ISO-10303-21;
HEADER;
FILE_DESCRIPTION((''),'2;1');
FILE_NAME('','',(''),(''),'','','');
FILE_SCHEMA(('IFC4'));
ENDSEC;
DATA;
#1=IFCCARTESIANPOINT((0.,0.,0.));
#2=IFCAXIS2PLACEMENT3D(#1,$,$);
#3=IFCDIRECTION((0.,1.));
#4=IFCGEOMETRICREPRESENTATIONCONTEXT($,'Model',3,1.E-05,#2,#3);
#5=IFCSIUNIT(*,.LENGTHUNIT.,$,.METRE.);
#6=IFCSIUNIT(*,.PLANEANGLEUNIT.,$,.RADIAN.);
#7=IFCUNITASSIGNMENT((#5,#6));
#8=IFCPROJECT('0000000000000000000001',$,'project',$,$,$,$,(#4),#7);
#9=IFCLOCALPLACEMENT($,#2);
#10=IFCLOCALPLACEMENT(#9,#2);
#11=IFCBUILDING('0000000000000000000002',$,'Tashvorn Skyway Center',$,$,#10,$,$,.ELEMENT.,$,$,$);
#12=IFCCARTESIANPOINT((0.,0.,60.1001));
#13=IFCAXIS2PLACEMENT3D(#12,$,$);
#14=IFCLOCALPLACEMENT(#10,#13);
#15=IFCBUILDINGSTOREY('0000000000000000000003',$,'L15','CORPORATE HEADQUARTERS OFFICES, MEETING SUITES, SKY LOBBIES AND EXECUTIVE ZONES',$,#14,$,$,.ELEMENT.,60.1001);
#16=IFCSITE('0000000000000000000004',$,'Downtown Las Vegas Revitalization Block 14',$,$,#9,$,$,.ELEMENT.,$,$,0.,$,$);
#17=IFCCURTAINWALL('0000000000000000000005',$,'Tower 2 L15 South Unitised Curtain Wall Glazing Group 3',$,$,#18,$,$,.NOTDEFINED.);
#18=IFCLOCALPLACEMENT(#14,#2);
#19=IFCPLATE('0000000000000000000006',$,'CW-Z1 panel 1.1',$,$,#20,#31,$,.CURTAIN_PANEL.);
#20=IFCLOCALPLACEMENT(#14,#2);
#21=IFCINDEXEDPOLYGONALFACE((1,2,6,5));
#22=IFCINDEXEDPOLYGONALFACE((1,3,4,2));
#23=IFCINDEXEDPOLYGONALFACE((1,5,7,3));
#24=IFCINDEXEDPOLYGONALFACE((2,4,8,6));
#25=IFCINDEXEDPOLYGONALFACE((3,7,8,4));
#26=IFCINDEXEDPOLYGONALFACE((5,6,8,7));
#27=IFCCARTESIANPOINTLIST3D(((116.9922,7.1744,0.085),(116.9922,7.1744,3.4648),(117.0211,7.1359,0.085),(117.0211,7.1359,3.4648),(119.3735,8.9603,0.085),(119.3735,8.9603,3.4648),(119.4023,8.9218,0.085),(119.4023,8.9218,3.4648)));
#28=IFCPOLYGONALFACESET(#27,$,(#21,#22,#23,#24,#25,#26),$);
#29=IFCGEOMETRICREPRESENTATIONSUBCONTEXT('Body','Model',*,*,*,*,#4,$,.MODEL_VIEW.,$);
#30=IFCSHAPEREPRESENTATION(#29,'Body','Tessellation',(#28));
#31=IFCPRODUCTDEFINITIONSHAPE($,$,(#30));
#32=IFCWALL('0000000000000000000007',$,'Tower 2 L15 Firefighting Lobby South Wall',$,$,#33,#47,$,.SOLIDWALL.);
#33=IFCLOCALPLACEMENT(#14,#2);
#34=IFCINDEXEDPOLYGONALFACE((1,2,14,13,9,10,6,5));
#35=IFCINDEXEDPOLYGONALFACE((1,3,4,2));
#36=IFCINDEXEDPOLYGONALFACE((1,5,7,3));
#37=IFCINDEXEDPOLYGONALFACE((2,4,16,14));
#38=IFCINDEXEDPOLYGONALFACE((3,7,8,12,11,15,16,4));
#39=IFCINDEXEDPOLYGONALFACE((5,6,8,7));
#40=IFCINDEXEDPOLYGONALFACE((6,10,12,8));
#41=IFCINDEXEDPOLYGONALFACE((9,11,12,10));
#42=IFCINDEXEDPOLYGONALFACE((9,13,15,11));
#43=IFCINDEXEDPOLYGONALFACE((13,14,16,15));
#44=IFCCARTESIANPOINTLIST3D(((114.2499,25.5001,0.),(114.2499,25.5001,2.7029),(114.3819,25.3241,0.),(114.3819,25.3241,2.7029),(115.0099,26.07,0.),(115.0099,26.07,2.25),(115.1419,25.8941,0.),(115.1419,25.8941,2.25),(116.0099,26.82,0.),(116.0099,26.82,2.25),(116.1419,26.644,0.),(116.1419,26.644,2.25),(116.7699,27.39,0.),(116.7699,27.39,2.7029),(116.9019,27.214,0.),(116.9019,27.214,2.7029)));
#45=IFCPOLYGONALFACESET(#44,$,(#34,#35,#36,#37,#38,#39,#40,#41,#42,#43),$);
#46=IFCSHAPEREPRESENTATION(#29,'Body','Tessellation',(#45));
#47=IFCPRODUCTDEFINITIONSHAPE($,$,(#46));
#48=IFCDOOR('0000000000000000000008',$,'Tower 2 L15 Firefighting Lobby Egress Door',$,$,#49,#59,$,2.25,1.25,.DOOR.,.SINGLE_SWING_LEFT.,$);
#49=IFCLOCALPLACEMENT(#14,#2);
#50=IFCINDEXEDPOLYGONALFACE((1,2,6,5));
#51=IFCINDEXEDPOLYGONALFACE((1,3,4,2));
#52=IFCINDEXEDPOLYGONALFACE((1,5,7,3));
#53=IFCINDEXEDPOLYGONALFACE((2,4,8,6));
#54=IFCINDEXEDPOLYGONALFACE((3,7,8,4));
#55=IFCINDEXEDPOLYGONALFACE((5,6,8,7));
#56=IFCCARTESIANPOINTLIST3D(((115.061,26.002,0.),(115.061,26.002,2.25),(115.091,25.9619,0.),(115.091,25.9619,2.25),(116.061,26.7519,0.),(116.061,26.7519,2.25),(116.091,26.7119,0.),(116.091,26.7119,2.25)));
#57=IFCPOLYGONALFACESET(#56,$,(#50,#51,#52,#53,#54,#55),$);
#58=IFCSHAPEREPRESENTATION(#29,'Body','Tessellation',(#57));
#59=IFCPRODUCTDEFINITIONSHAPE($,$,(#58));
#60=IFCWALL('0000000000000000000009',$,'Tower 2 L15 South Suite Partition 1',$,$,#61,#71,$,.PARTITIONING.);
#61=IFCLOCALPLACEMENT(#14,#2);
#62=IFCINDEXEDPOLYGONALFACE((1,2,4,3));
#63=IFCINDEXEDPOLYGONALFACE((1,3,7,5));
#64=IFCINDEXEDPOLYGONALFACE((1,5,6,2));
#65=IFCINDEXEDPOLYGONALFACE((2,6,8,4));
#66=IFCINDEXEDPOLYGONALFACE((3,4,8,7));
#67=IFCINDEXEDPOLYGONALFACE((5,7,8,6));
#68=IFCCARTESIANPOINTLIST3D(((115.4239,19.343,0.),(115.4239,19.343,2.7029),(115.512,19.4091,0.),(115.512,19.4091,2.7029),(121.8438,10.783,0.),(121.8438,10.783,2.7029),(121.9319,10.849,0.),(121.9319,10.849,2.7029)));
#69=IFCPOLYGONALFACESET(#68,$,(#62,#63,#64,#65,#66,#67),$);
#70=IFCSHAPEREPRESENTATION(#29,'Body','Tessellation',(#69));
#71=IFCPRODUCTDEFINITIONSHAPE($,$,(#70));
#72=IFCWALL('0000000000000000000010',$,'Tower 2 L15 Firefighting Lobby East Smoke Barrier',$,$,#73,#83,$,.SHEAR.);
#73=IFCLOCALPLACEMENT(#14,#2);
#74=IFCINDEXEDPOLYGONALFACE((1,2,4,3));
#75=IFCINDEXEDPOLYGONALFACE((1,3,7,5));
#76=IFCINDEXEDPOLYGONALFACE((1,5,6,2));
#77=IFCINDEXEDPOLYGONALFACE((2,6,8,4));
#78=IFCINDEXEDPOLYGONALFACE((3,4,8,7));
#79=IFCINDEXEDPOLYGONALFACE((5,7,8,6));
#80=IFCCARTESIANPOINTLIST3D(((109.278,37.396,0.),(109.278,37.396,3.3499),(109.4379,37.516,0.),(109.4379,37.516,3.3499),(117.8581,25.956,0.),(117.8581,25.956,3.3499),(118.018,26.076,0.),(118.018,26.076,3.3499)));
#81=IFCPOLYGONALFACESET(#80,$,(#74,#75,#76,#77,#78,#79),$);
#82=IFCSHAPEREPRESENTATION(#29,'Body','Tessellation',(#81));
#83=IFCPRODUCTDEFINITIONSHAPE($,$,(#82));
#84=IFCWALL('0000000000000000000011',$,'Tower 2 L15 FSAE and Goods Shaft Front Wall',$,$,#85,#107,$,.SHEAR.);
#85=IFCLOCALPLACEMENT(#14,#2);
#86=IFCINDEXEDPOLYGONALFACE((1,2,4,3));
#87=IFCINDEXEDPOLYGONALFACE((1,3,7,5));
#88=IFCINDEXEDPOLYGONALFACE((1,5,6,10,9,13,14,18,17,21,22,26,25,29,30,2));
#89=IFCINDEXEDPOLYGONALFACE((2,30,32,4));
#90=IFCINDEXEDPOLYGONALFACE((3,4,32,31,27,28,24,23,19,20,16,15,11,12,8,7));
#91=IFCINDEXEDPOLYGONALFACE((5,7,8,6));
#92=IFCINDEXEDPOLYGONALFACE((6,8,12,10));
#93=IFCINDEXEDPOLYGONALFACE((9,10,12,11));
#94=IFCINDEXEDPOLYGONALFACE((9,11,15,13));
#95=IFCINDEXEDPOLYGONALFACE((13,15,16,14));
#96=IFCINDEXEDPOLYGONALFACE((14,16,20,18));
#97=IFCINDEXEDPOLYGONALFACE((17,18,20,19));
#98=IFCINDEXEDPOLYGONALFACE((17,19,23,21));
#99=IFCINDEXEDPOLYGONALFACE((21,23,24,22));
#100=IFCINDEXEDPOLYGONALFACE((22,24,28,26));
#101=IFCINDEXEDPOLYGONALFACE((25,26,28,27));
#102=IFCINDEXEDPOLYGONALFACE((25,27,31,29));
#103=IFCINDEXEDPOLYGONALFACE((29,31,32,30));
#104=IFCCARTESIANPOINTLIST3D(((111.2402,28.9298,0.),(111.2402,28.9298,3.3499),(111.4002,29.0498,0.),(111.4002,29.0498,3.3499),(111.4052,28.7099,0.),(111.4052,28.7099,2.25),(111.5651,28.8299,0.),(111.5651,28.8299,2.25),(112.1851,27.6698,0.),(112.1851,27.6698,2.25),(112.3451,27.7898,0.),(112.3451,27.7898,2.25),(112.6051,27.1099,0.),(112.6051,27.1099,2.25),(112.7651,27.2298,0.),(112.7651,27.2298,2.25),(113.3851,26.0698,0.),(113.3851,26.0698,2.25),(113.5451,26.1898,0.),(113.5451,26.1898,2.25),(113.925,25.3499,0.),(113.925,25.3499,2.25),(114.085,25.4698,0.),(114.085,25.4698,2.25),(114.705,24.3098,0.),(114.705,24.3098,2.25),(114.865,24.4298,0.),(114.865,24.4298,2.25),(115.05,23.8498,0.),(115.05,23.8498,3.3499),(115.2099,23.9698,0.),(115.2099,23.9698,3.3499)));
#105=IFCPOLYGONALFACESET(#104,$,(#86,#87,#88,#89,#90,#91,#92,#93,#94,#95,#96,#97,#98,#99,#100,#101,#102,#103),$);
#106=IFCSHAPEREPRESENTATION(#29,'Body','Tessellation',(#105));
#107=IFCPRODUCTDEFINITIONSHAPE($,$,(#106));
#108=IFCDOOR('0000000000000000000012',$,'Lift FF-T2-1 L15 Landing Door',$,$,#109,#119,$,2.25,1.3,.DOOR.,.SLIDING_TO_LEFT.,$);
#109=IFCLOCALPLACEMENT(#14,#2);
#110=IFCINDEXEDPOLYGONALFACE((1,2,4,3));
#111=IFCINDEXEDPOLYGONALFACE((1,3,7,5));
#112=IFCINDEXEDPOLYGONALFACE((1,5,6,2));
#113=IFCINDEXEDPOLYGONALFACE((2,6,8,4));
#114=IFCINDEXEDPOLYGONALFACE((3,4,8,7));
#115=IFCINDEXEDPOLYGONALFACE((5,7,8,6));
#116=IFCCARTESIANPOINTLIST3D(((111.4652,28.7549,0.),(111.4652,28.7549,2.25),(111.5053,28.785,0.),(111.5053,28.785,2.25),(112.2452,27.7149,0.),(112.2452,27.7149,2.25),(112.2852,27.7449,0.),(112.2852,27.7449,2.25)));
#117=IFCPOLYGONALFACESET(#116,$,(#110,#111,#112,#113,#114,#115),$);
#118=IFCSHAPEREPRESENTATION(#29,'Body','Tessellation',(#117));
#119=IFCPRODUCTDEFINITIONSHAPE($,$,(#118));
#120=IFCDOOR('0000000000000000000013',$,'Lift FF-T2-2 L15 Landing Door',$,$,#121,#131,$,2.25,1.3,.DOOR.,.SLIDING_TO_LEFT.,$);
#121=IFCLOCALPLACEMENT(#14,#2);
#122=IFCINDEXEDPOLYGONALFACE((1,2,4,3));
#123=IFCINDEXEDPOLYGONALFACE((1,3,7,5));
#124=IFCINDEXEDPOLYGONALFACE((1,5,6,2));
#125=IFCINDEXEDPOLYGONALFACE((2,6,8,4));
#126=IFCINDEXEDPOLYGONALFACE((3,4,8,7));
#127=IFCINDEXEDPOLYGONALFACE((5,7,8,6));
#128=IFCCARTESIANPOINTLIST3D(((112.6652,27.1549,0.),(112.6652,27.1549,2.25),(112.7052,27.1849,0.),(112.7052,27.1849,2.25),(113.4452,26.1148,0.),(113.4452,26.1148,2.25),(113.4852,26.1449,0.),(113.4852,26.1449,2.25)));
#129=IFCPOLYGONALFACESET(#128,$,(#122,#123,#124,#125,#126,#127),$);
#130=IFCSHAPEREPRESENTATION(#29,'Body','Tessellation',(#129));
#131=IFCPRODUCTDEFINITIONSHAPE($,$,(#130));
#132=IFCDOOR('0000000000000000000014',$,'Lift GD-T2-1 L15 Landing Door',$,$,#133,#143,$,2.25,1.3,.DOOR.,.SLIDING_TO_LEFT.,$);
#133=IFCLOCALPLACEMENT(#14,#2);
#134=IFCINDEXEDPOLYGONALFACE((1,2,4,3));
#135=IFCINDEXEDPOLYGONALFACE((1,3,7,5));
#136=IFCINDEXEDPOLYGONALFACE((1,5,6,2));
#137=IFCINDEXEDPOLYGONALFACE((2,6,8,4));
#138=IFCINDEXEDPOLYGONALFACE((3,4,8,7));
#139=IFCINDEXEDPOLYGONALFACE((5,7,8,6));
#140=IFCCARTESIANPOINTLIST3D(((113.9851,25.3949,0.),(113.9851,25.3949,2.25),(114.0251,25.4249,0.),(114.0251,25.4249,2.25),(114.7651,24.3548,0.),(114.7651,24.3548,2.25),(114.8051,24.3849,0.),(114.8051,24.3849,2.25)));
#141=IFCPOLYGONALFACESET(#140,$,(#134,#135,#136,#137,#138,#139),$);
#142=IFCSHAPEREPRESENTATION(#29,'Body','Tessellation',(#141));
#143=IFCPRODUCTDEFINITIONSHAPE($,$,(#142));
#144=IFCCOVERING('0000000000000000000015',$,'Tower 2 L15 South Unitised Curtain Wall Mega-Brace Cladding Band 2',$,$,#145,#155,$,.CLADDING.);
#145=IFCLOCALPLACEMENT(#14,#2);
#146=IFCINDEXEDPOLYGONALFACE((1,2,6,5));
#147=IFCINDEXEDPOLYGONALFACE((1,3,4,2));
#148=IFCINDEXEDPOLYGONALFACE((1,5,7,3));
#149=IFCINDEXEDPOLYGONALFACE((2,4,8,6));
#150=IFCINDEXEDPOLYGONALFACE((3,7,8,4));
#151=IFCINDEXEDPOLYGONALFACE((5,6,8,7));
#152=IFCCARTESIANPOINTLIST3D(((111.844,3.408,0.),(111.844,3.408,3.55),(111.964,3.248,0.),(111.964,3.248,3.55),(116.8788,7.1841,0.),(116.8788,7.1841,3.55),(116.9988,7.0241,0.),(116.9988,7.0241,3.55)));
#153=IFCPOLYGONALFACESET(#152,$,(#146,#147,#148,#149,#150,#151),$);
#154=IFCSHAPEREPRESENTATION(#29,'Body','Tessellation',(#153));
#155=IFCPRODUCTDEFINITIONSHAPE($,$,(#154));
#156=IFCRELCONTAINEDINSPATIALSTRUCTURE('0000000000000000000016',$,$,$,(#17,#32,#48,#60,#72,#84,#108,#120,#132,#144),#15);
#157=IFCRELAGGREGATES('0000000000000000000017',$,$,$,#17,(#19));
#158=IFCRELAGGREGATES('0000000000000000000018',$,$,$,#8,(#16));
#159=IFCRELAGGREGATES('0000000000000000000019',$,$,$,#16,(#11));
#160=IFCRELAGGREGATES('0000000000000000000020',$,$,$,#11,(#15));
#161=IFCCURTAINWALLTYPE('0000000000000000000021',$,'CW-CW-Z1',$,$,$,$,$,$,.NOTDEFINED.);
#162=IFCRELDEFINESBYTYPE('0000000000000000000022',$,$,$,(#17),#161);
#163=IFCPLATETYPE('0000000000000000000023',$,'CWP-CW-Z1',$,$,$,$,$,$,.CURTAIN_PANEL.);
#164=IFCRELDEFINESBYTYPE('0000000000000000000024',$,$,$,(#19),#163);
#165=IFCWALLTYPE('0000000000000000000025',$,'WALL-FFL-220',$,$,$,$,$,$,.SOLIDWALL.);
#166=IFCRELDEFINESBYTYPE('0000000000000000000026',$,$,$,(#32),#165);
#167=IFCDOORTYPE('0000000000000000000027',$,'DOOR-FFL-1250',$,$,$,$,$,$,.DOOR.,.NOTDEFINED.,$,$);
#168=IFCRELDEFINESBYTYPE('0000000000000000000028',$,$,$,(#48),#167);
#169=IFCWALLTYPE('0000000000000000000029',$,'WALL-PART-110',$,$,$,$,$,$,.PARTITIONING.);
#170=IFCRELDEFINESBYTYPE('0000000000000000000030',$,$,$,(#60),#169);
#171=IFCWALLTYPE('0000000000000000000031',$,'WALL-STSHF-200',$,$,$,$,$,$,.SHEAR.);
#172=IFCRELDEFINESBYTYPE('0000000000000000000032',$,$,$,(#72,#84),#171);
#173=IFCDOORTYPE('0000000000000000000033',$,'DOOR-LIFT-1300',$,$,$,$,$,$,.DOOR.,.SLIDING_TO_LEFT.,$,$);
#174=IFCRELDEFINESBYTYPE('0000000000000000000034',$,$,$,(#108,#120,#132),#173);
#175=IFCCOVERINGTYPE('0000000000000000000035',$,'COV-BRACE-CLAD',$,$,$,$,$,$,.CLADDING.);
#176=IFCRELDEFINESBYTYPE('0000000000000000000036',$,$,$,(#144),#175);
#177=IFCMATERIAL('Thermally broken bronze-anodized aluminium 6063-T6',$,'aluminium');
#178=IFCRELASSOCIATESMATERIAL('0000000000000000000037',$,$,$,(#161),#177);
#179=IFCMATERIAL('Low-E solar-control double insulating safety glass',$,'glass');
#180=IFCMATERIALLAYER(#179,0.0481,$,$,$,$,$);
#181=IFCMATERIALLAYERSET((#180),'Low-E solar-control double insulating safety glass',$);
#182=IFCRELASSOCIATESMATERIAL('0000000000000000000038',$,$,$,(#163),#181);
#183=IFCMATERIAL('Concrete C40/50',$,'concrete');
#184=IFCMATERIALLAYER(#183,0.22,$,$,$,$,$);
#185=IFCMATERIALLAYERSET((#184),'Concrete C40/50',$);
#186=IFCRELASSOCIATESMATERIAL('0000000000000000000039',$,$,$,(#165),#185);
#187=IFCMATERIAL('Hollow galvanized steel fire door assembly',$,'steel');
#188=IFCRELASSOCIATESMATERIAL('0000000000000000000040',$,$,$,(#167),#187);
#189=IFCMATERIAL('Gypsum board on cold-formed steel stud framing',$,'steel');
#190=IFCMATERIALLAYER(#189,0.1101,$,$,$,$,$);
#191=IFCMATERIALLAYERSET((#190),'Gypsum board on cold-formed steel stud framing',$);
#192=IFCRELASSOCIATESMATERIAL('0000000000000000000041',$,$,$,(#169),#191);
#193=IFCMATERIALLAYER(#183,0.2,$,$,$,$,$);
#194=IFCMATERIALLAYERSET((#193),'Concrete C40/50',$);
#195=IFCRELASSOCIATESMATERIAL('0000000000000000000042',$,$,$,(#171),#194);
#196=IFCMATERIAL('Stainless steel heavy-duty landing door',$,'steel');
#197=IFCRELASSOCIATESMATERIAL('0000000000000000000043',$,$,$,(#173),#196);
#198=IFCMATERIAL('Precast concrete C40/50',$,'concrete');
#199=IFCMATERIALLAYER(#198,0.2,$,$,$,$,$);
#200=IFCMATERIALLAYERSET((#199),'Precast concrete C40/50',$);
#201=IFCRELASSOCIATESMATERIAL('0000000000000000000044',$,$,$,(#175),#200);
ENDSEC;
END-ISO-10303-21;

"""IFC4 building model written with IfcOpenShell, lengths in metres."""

from ifc_helpers import new_model, si_unit, direction, frame, frame_2d, origin, origin_2d, place, context, subcontext, project, spatial, rectangle, extrude, material, layer, layer_set, type_object, element, fill, aggregate, save


model = new_model("IFC4")

# Units and contexts
model_context = context("Model", 3, precision=1e-05, world=origin(), true_north=direction((0.0, 1.0)))
body_context = subcontext(model_context, "Body", "Model", "MODEL_VIEW")
ifc_project = project(units=[si_unit("LENGTHUNIT", "METRE"), si_unit("PLANEANGLEUNIT", "RADIAN")], contexts=[model_context])

# Site, building, storey
site_placement = place(None, origin())
site = spatial("IfcSite", under=ifc_project, at=site_placement, Name="Downtown Las Vegas Revitalization Block 14", CompositionType="ELEMENT", RefElevation=0.0)
building_placement = place(site_placement, origin())
building = spatial("IfcBuilding", under=site, at=building_placement, Name="Tashvorn Skyway Center", CompositionType="ELEMENT")
storey_placement = place(building_placement, frame((0.0, 0.0, 60.1001)))
storey = spatial("IfcBuildingStorey", under=building, at=storey_placement, Name="L15", Description="CORPORATE HEADQUARTERS OFFICES, MEETING SUITES, SKY LOBBIES AND EXECUTIVE ZONES", CompositionType="ELEMENT", Elevation=60.1001)

# Shared definitions
ifc_material_1 = material(Name="Thermally broken bronze-anodized aluminium 6063-T6", Category="aluminium")
curtain_wall_type = type_object("IfcCurtainWallType", Name="CW-CW-Z1", PredefinedType="NOTDEFINED", material=ifc_material_1)

# Curtain wall, plate
curtain_wall_1_placement = place(storey_placement, origin())
curtain_wall_1 = element("IfcCurtainWall", 1, at=curtain_wall_1_placement, inside=storey, type_object=curtain_wall_type, Name="Tower 2 L15 South Unitised Curtain Wall Glazing Group 3", PredefinedType="NOTDEFINED")
ifc_material_2 = material(Name="Low-E solar-control double insulating safety glass", Category="glass")
ifc_layer_1 = layer(ifc_material_2, 0.0481)
ifc_layer_set_1 = layer_set([ifc_layer_1], Name="Low-E solar-control double insulating safety glass")
plate_type = type_object("IfcPlateType", Name="CWP-CW-Z1", PredefinedType="CURTAIN_PANEL", material=ifc_layer_set_1)
plate_placement = place(storey_placement, frame((118.1973, 8.0481, 0.085), z_axis=(0.0, 0.0, 1.0), x_axis=(-0.799996, -0.600005, 0.0)))
plate = element("IfcPlate", 2, at=plate_placement, type_object=plate_type, Name="CW-Z1 panel 1.1", PredefinedType="CURTAIN_PANEL", context=body_context, shape_type="SweptSolid", body=[
    extrude(rectangle(XDim=2.9766, YDim=0.0481, at=origin_2d()), origin(), (0.0, 0.0, 1.0), 3.3799),
])
aggregate(curtain_wall_1, [plate])

# Wall, opening, door
ifc_material_3 = material(Name="Concrete C40/50", Category="concrete")
ifc_layer_2 = layer(ifc_material_3, 0.22)
ifc_layer_set_2 = layer_set([ifc_layer_2], Name="Concrete C40/50")
wall_type_1 = type_object("IfcWallType", Name="WALL-FFL-220", PredefinedType="SOLIDWALL", material=ifc_layer_set_2)
wall_1_placement = place(storey_placement, frame((114.3159, 25.4121, 0.0), z_axis=(0.0, 0.0, 1.0), x_axis=(0.800019, 0.599975, 0.0)))
wall_1 = element("IfcWall", 3, at=wall_1_placement, inside=storey, type_object=wall_type_1, Name="Tower 2 L15 Firefighting Lobby South Wall", PredefinedType="SOLIDWALL", context=body_context, shape_type="SweptSolid", body=[
    extrude(rectangle(XDim=3.1499, YDim=0.22, at=frame_2d((1.575, 0.0))), origin(), (0.0, 0.0, 1.0), 2.7029),
])
opening_1_placement = place(wall_1_placement, frame((0.95, 0.0, 0.0)))
opening_1 = element("IfcOpeningElement", 4, at=opening_1_placement, cuts=wall_1, PredefinedType="OPENING", context=body_context, shape_type="SweptSolid", body=[
    extrude(rectangle(XDim=1.25, YDim=2.25, at=frame_2d((0.625, 1.125))), frame((0.0, 0.1199, 0.0), z_axis=(0.0, -1.0, 0.0), x_axis=(1.0, 0.0, 0.0)), (0.0, 0.0, 1.0), 0.24),
])
ifc_material_4 = material(Name="Hollow galvanized steel fire door assembly", Category="steel")
door_type_1 = type_object("IfcDoorType", Name="DOOR-FFL-1250", OperationType="NOTDEFINED", PredefinedType="DOOR", material=ifc_material_4)
door_1_placement = place(opening_1_placement, origin())
door_1 = element("IfcDoor", 5, at=door_1_placement, inside=storey, type_object=door_type_1, Name="Tower 2 L15 Firefighting Lobby Egress Door", OperationType="SINGLE_SWING_LEFT", OverallHeight=2.25, OverallWidth=1.25, PredefinedType="DOOR", context=body_context, shape_type="SweptSolid", body=[
    extrude(rectangle(XDim=1.25, YDim=2.25, at=frame_2d((0.625, 1.125))), frame((0.0, 0.0249, 0.0), z_axis=(0.0, -1.0, 0.0), x_axis=(1.0, 0.0, 0.0)), (0.0, 0.0, 1.0), 0.05),
])
fill(opening_1, door_1)

# Walls
ifc_material_5 = material(Name="Gypsum board on cold-formed steel stud framing", Category="steel")
ifc_layer_3 = layer(ifc_material_5, 0.1101)
ifc_layer_set_3 = layer_set([ifc_layer_3], Name="Gypsum board on cold-formed steel stud framing")
wall_type_2 = type_object("IfcWallType", Name="WALL-PART-110", PredefinedType="PARTITIONING", material=ifc_layer_set_3)
wall_2_placement = place(storey_placement, frame((121.8879, 10.8159, 0.0), z_axis=(0.0, 0.0, 1.0), x_axis=(-0.599993, 0.800005, 0.0)))
element("IfcWall", 6, at=wall_2_placement, inside=storey, type_object=wall_type_2, Name="Tower 2 L15 South Suite Partition 1", PredefinedType="PARTITIONING", context=body_context, shape_type="SweptSolid", body=[
    extrude(rectangle(XDim=10.7, YDim=0.1101, at=frame_2d((5.3501, 0.0))), origin(), (0.0, 0.0, 1.0), 2.7029),
])
ifc_layer_4 = layer(ifc_material_3, 0.2)
ifc_layer_set_4 = layer_set([ifc_layer_4], Name="Concrete C40/50")
wall_type_3 = type_object("IfcWallType", Name="WALL-STSHF-200", PredefinedType="SHEAR", material=ifc_layer_set_4)
wall_3_placement = place(storey_placement, frame((117.938, 26.0161, 0.0), z_axis=(0.0, 0.0, 1.0), x_axis=(-0.600005, 0.799996, 0.0)))
element("IfcWall", 7, at=wall_3_placement, inside=storey, type_object=wall_type_3, Name="Tower 2 L15 Firefighting Lobby East Smoke Barrier", PredefinedType="SHEAR", context=body_context, shape_type="SweptSolid", body=[
    extrude(rectangle(XDim=14.3, YDim=0.2, at=frame_2d((7.1499, 0.0))), origin(), (0.0, 0.0, 1.0), 3.3499),
])

# Wall, openings, doors
wall_4_placement = place(storey_placement, frame((115.1299, 23.9099, 0.0), z_axis=(0.0, 0.0, 1.0), x_axis=(-0.599975, 0.800018, 0.0)))
wall_4 = element("IfcWall", 8, at=wall_4_placement, inside=storey, type_object=wall_type_3, Name="Tower 2 L15 FSAE and Goods Shaft Front Wall", PredefinedType="SHEAR", context=body_context, shape_type="SweptSolid", body=[
    extrude(rectangle(XDim=6.3499, YDim=0.2, at=frame_2d((3.1748, 0.0))), origin(), (0.0, 0.0, 1.0), 3.3499),
])
opening_2_placement = place(wall_4_placement, frame((4.7749, 0.0, 0.0)))
opening_2 = element("IfcOpeningElement", 9, at=opening_2_placement, cuts=wall_4, PredefinedType="OPENING", context=body_context, shape_type="SweptSolid", body=[
    extrude(rectangle(XDim=1.3, YDim=2.25, at=frame_2d((0.6499, 1.125))), frame((0.0, 0.1099, 0.0), z_axis=(0.0, -1.0, 0.0), x_axis=(1.0, 0.0, 0.0)), (0.0, 0.0, 1.0), 0.22),
])
opening_3_placement = place(wall_4_placement, frame((2.7749, 0.0, 0.0)))
opening_3 = element("IfcOpeningElement", 10, at=opening_3_placement, cuts=wall_4, PredefinedType="OPENING", context=body_context, shape_type="SweptSolid", body=[
    extrude(rectangle(XDim=1.3, YDim=2.25, at=frame_2d((0.6499, 1.125))), frame((0.0, 0.1099, 0.0), z_axis=(0.0, -1.0, 0.0), x_axis=(1.0, 0.0, 0.0)), (0.0, 0.0, 1.0), 0.22),
])
opening_4_placement = place(wall_4_placement, frame((0.575, 0.0, 0.0)))
opening_4 = element("IfcOpeningElement", 11, at=opening_4_placement, cuts=wall_4, PredefinedType="OPENING", context=body_context, shape_type="SweptSolid", body=[
    extrude(rectangle(XDim=1.3, YDim=2.25, at=frame_2d((0.6499, 1.125))), frame((0.0, 0.1099, 0.0), z_axis=(0.0, -1.0, 0.0), x_axis=(1.0, 0.0, 0.0)), (0.0, 0.0, 1.0), 0.22),
])
ifc_material_6 = material(Name="Stainless steel heavy-duty landing door", Category="steel")
door_type_2 = type_object("IfcDoorType", Name="DOOR-LIFT-1300", OperationType="SLIDING_TO_LEFT", PredefinedType="DOOR", material=ifc_material_6)
door_2_placement = place(opening_2_placement, origin())
door_2 = element("IfcDoor", 12, at=door_2_placement, inside=storey, type_object=door_type_2, Name="Lift FF-T2-1 L15 Landing Door", OperationType="SLIDING_TO_LEFT", OverallHeight=2.25, OverallWidth=1.3, PredefinedType="DOOR", context=body_context, shape_type="SweptSolid", body=[
    extrude(rectangle(XDim=1.3, YDim=2.25, at=frame_2d((0.6499, 1.125))), frame((0.0, 0.0249, 0.0), z_axis=(0.0, -1.0, 0.0), x_axis=(1.0, 0.0, 0.0)), (0.0, 0.0, 1.0), 0.05),
])
fill(opening_2, door_2)
door_3_placement = place(opening_3_placement, origin())
door_3 = element("IfcDoor", 13, at=door_3_placement, inside=storey, type_object=door_type_2, Name="Lift FF-T2-2 L15 Landing Door", OperationType="SLIDING_TO_LEFT", OverallHeight=2.25, OverallWidth=1.3, PredefinedType="DOOR", context=body_context, shape_type="SweptSolid", body=[
    extrude(rectangle(XDim=1.3, YDim=2.25, at=frame_2d((0.6499, 1.125))), frame((0.0, 0.0249, 0.0), z_axis=(0.0, -1.0, 0.0), x_axis=(1.0, 0.0, 0.0)), (0.0, 0.0, 1.0), 0.05),
])
fill(opening_3, door_3)
door_4_placement = place(opening_4_placement, origin())
door_4 = element("IfcDoor", 14, at=door_4_placement, inside=storey, type_object=door_type_2, Name="Lift GD-T2-1 L15 Landing Door", OperationType="SLIDING_TO_LEFT", OverallHeight=2.25, OverallWidth=1.3, PredefinedType="DOOR", context=body_context, shape_type="SweptSolid", body=[
    extrude(rectangle(XDim=1.3, YDim=2.25, at=frame_2d((0.6499, 1.125))), frame((0.0, 0.0249, 0.0), z_axis=(0.0, -1.0, 0.0), x_axis=(1.0, 0.0, 0.0)), (0.0, 0.0, 1.0), 0.05),
])
fill(opening_4, door_4)

# Covering
ifc_material_7 = material(Name="Precast concrete C40/50", Category="concrete")
ifc_layer_5 = layer(ifc_material_7, 0.2)
ifc_layer_set_5 = layer_set([ifc_layer_5], Name="Precast concrete C40/50")
covering_type = type_object("IfcCoveringType", Name="COV-BRACE-CLAD", PredefinedType="CLADDING", material=ifc_layer_set_5)
covering_placement = place(storey_placement, frame((114.4214, 5.2161, 0.0), z_axis=(0.0, 0.0, 1.0), x_axis=(-0.8, -0.6, 0.0)))
element("IfcCovering", 15, at=covering_placement, inside=storey, type_object=covering_type, Name="Tower 2 L15 South Unitised Curtain Wall Mega-Brace Cladding Band 2", PredefinedType="CLADDING", context=body_context, shape_type="SweptSolid", body=[
    extrude(rectangle(XDim=6.2935, YDim=0.2, at=origin_2d()), origin(), (0.0, 0.0, 1.0), 3.55),
])

save(model, "model.ifc")
